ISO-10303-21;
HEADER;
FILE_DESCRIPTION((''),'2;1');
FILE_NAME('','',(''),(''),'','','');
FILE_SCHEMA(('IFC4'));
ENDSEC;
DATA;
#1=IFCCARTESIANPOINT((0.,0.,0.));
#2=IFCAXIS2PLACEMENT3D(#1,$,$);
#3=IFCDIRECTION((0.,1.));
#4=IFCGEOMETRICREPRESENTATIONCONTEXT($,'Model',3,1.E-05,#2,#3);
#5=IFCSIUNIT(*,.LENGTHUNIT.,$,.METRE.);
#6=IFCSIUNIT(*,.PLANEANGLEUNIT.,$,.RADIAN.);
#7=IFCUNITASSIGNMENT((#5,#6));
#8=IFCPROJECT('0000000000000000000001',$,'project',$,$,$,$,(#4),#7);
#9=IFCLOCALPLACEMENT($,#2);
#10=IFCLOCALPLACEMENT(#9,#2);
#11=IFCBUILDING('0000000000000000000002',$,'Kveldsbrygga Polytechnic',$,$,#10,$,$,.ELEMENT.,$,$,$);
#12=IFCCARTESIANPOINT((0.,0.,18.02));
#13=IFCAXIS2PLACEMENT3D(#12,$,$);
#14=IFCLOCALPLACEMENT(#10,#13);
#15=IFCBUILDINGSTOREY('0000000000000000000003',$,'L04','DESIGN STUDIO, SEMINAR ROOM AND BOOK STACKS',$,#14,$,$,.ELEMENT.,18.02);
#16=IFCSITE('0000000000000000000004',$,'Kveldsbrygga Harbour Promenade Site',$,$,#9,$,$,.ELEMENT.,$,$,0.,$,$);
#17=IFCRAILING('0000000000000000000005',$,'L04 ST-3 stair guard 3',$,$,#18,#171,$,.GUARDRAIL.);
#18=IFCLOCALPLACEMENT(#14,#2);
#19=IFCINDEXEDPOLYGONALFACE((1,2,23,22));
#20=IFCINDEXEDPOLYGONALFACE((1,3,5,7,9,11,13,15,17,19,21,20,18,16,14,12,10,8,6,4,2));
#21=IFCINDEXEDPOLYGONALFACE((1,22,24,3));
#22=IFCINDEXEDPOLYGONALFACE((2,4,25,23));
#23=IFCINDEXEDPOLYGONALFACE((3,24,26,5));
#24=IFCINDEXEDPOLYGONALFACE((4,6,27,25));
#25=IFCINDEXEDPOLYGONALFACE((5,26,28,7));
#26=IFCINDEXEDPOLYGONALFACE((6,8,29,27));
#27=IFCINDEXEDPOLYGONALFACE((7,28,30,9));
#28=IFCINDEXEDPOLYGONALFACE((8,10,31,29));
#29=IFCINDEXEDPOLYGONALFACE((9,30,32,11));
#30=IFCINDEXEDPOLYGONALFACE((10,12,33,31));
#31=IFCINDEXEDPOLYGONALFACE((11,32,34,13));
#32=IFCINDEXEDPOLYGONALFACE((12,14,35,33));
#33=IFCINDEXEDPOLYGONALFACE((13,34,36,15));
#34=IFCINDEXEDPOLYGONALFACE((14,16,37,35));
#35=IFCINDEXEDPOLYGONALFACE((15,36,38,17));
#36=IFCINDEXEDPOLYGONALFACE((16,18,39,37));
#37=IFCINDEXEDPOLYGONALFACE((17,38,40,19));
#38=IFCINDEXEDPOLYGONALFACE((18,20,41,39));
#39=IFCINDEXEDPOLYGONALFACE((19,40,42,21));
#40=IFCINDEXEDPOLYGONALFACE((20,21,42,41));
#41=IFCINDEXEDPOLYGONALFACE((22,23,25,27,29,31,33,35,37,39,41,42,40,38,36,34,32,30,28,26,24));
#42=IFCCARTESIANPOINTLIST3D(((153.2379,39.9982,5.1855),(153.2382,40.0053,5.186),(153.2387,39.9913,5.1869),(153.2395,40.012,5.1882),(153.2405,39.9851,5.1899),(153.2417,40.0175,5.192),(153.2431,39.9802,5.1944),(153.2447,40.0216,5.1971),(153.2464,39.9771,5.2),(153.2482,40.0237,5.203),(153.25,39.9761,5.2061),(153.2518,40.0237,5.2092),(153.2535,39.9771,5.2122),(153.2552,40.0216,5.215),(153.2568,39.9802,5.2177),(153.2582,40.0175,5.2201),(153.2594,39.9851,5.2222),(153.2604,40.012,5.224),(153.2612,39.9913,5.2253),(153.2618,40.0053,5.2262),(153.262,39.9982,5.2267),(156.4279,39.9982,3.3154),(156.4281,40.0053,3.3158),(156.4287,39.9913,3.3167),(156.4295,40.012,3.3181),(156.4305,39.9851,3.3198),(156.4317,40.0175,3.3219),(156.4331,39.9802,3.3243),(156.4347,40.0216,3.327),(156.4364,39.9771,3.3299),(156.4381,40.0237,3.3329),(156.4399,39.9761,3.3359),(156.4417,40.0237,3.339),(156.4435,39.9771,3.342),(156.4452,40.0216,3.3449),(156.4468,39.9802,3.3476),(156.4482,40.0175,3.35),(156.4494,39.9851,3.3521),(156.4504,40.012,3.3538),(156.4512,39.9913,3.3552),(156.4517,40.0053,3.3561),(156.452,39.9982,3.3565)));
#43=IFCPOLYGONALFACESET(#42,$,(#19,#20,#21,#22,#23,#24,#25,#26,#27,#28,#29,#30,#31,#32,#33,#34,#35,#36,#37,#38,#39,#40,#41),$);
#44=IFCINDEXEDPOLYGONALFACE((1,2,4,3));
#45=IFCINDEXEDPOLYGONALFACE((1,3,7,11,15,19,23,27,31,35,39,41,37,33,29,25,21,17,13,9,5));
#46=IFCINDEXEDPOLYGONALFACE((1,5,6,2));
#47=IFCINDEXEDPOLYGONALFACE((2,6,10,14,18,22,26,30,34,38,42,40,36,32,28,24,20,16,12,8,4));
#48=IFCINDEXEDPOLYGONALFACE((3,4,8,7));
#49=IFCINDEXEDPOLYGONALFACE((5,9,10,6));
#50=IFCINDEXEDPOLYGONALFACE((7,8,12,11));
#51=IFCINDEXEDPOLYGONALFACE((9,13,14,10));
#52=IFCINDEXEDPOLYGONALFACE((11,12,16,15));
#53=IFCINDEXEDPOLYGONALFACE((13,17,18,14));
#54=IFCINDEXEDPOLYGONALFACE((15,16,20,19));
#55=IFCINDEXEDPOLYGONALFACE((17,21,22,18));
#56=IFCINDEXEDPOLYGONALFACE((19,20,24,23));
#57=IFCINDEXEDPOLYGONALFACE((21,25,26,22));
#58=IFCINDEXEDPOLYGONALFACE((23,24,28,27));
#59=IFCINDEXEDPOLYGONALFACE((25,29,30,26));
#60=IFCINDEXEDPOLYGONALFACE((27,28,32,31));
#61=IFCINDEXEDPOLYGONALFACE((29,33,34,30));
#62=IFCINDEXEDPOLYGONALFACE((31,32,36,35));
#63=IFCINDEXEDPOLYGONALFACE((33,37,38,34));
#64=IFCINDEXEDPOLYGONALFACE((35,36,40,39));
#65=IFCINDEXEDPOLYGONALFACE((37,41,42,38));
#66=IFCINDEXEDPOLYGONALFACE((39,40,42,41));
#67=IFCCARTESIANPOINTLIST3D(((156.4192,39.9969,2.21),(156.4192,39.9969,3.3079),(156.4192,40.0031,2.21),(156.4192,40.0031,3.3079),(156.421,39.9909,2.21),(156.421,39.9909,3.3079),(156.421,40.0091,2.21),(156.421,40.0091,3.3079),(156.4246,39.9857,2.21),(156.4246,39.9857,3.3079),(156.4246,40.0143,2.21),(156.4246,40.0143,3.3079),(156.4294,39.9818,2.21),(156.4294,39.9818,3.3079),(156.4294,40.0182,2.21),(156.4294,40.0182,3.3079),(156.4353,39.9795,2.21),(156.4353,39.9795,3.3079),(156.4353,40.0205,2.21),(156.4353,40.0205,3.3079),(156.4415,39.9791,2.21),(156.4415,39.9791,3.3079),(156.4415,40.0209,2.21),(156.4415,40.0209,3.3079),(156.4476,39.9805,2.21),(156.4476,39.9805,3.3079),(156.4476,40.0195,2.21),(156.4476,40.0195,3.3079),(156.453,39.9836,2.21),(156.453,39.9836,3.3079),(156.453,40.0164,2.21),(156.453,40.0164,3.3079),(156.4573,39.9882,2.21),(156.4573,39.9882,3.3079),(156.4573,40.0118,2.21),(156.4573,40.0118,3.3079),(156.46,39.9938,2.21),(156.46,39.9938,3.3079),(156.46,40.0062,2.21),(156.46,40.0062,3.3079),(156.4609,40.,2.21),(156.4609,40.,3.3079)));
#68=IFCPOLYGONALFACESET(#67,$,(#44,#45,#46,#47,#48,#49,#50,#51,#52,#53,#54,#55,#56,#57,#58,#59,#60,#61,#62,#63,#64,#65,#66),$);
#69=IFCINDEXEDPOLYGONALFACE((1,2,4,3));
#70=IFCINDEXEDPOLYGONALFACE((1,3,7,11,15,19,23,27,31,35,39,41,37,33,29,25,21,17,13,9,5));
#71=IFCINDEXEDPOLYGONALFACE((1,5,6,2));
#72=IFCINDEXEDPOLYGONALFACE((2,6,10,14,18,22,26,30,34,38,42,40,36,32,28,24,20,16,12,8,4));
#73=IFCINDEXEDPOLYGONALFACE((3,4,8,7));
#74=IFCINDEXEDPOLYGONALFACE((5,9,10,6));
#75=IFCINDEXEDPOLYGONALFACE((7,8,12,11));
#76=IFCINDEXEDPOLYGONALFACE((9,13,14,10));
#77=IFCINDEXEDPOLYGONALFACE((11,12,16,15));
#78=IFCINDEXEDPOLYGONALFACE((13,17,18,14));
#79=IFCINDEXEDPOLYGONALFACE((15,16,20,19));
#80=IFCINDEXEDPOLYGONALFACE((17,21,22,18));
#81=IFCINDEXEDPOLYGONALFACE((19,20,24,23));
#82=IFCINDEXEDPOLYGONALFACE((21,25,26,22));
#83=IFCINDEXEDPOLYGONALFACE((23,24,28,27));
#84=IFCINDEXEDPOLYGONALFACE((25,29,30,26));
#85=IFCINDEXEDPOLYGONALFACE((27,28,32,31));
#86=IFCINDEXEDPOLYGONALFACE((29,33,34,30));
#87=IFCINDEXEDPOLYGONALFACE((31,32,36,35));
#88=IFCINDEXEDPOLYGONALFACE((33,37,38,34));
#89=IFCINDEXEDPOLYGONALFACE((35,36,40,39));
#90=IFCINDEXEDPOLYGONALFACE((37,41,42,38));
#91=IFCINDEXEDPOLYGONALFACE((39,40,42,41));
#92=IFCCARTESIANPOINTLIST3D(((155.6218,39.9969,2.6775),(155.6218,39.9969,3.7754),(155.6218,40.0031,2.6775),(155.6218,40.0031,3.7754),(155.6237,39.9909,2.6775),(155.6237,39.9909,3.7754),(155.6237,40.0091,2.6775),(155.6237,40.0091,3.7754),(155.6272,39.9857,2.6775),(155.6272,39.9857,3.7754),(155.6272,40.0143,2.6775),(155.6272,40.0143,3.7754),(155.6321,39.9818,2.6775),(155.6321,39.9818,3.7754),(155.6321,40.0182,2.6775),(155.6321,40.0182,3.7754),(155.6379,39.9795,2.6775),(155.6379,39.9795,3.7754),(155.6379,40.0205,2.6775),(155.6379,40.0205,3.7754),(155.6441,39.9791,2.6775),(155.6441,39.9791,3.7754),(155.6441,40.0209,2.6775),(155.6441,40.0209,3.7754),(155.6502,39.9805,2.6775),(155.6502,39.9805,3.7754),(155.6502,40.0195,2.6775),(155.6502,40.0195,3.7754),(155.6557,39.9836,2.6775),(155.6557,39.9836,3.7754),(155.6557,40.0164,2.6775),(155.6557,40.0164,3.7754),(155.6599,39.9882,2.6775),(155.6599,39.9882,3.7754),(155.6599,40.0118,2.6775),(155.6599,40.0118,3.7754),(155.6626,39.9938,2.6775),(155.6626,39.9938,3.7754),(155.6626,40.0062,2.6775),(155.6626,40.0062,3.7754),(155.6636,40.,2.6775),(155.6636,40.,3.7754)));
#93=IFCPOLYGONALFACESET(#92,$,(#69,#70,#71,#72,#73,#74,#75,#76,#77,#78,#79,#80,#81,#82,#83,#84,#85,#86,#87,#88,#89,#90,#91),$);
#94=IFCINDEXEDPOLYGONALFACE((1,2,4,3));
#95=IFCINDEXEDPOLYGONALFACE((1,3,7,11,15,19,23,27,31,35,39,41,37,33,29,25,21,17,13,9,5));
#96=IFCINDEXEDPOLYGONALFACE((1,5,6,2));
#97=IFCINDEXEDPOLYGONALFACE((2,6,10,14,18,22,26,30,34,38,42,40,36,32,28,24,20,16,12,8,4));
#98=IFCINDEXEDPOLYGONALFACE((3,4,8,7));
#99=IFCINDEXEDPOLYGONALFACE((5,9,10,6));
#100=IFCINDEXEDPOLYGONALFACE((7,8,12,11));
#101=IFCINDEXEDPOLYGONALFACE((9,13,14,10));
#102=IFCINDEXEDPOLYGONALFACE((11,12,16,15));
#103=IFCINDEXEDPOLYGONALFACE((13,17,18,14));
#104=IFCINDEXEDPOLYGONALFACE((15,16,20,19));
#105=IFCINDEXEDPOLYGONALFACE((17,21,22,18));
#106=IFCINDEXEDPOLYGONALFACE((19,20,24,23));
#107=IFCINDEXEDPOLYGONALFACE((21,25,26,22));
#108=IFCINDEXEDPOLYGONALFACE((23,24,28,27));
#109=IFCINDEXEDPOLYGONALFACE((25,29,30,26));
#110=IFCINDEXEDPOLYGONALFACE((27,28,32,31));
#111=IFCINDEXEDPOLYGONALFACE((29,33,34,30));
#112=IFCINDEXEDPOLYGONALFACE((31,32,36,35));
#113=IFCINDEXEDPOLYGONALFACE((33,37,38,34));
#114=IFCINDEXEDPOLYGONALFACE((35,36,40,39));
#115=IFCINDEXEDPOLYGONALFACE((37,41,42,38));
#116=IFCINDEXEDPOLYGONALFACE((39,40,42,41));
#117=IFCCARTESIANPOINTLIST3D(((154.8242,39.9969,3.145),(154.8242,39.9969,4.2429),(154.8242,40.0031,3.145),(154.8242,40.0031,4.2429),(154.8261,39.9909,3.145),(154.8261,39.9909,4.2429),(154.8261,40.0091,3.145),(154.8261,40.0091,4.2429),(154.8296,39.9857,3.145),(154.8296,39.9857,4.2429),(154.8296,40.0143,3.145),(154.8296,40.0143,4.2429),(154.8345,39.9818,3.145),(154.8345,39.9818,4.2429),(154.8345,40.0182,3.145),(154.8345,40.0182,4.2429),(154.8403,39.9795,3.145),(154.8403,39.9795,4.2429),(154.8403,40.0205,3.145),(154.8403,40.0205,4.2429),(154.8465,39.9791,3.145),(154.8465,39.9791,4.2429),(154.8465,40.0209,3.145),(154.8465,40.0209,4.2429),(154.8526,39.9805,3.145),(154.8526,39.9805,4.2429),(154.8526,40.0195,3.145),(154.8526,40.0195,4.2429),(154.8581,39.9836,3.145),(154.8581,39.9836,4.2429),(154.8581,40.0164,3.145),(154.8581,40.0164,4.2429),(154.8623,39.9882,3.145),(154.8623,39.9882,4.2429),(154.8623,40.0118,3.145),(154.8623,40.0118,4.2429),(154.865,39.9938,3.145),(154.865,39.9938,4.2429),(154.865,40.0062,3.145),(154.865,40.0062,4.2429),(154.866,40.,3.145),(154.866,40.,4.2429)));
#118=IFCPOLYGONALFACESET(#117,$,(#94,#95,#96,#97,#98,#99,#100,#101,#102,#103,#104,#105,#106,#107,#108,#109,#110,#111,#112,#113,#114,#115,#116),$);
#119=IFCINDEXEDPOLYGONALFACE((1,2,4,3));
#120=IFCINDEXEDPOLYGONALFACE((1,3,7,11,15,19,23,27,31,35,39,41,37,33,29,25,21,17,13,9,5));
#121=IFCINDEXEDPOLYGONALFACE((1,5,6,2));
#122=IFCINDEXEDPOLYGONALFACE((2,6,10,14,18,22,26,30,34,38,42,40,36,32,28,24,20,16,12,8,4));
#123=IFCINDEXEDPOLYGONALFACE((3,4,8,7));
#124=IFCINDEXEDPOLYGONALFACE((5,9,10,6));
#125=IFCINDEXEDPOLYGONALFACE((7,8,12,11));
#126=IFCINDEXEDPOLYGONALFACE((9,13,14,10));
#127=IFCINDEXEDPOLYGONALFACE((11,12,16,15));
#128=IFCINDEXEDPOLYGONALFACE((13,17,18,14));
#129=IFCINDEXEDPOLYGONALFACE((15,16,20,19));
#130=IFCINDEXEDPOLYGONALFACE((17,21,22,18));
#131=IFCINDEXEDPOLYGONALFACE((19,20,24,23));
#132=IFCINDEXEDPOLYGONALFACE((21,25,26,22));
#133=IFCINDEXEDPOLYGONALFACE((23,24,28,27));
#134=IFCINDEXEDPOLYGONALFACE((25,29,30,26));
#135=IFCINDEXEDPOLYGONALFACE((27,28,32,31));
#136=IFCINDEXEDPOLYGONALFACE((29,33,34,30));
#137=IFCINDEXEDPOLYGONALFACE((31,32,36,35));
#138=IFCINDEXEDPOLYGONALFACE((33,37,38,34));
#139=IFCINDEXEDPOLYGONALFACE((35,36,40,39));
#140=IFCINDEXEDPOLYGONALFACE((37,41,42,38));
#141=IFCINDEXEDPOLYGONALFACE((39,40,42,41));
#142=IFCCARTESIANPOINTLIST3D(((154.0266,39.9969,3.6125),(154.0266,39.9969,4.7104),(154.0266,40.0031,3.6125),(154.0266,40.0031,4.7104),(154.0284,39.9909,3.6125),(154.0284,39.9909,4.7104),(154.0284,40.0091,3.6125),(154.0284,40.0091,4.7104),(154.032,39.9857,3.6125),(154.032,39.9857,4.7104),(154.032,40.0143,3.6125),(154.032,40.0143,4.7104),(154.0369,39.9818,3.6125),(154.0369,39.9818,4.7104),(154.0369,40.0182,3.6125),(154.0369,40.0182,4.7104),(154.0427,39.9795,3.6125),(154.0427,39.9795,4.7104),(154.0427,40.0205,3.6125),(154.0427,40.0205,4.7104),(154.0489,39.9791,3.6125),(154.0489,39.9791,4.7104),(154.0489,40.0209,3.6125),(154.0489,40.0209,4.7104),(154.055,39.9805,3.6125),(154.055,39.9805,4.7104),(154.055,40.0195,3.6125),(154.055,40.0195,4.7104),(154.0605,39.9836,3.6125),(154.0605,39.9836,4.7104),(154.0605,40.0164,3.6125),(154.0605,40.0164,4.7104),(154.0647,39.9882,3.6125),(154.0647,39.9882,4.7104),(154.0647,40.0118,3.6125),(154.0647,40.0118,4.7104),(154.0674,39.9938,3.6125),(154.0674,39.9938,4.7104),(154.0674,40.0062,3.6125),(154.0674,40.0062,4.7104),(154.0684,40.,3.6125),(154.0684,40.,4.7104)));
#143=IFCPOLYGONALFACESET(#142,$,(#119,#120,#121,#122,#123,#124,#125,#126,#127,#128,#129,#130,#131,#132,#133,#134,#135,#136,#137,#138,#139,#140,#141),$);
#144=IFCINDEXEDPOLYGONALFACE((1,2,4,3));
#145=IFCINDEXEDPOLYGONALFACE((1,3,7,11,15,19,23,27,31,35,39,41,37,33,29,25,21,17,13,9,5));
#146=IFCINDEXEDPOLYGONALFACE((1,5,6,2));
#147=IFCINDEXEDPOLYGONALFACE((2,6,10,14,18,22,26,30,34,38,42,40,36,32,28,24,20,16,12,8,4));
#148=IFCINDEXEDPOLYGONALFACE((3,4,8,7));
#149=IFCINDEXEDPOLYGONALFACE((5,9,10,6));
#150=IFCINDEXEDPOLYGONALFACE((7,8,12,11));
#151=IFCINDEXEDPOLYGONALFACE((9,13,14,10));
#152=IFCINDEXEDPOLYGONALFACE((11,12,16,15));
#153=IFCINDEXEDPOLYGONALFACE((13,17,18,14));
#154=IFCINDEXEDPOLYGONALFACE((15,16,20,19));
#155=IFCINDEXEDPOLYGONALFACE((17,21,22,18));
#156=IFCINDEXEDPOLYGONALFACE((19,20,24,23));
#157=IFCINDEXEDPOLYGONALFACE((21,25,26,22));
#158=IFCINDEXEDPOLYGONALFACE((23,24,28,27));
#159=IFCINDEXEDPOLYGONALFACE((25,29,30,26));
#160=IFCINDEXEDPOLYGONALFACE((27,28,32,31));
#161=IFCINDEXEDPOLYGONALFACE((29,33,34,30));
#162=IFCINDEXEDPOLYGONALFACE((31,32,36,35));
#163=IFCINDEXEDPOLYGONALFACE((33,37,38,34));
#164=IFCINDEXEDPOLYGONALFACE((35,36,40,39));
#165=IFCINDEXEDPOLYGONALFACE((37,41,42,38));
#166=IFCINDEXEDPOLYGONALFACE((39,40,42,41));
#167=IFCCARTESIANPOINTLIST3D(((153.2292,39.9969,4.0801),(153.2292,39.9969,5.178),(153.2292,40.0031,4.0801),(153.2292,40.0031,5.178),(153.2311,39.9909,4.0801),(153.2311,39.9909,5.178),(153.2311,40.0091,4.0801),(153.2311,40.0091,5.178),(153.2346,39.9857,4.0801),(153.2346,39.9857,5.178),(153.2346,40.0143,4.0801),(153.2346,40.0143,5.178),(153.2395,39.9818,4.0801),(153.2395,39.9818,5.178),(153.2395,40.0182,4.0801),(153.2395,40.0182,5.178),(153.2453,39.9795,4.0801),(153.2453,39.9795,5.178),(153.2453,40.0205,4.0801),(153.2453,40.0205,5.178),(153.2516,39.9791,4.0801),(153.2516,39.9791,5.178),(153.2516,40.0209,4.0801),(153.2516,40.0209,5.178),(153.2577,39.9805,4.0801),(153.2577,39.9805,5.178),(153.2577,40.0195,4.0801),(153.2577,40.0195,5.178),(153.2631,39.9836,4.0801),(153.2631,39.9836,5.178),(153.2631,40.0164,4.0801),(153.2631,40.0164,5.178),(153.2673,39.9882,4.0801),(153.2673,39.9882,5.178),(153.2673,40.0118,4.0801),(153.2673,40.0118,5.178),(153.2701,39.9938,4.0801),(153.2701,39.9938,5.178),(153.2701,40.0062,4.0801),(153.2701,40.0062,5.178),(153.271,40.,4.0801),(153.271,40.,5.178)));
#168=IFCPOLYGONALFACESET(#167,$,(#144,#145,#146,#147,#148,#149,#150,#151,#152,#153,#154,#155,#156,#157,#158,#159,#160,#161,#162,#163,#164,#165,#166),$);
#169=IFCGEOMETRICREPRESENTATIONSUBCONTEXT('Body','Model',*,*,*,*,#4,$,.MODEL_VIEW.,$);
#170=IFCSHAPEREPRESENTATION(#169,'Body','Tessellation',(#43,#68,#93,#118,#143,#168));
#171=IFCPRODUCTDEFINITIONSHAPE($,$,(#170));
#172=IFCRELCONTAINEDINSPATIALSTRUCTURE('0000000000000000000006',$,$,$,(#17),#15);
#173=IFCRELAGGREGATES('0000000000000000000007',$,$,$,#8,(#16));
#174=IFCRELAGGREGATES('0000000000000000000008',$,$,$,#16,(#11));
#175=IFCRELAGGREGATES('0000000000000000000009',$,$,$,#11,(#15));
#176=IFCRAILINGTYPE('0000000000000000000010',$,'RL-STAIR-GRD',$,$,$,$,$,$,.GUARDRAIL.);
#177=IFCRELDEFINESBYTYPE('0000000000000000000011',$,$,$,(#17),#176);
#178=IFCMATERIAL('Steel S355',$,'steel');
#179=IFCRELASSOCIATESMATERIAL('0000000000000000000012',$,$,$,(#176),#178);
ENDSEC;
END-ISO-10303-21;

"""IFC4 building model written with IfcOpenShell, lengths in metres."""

from ifc_helpers import new_model, si_unit, direction, frame, origin, origin_2d, place, context, subcontext, project, spatial, circle, extrude, material, type_object, element, save


model = new_model("IFC4")

# Units and contexts
model_context = context("Model", 3, precision=1e-05, world=origin(), true_north=direction((0.0, 1.0)))
body_context = subcontext(model_context, "Body", "Model", "MODEL_VIEW")
ifc_project = project(units=[si_unit("LENGTHUNIT", "METRE"), si_unit("PLANEANGLEUNIT", "RADIAN")], contexts=[model_context])

# Site, building, storey
site_placement = place(None, origin())
site = spatial("IfcSite", under=ifc_project, at=site_placement, Name="Kveldsbrygga Harbour Promenade Site", CompositionType="ELEMENT", RefElevation=0.0)
building_placement = place(site_placement, origin())
building = spatial("IfcBuilding", under=site, at=building_placement, Name="Kveldsbrygga Polytechnic", CompositionType="ELEMENT")
storey_placement = place(building_placement, frame((0.0, 0.0, 18.02)))
storey = spatial("IfcBuildingStorey", under=building, at=storey_placement, Name="L04", Description="DESIGN STUDIO, SEMINAR ROOM AND BOOK STACKS", CompositionType="ELEMENT", Elevation=18.02)

# Shared definitions
ifc_material_1 = material(Name="Steel S355", Category="steel")

# Railing
railing_type_1 = type_object("IfcRailingType", Name="RL-STAIR-GRD", PredefinedType="GUARDRAIL", material=ifc_material_1)
railing_1_placement = place(storey_placement, frame((156.4399, 40.0, 2.21)))
element("IfcRailing", 1, at=railing_1_placement, inside=storey, type_object=railing_type_1, Name="L04 ST-3 stair guard 3", PredefinedType="GUARDRAIL", context=body_context, shape_type="SweptSolid", body=[
    extrude(circle(Radius=0.0239, at=origin_2d()), frame((0.0, 0.0, 1.126), z_axis=(-0.86268, 0.0, 0.50575), x_axis=(0.0, -1.0, 0.0)), (0.0, 0.0, 1.0), 3.6978),
    extrude(circle(Radius=0.021, at=origin_2d()), origin(), (0.0, 0.0, 1.0), 1.0979),
    extrude(circle(Radius=0.021, at=origin_2d()), frame((-0.7974, 0.0, 0.4675)), (0.0, 0.0, 1.0), 1.0979),
    extrude(circle(Radius=0.021, at=origin_2d()), frame((-1.595, 0.0, 0.9351)), (0.0, 0.0, 1.0), 1.0979),
    extrude(circle(Radius=0.021, at=origin_2d()), frame((-2.3926, 0.0, 1.4026)), (0.0, 0.0, 1.0), 1.0979),
    extrude(circle(Radius=0.021, at=origin_2d()), frame((-3.1899, 0.0, 1.8701)), (0.0, 0.0, 1.0), 1.0979),
])

save(model, "model.ifc")
